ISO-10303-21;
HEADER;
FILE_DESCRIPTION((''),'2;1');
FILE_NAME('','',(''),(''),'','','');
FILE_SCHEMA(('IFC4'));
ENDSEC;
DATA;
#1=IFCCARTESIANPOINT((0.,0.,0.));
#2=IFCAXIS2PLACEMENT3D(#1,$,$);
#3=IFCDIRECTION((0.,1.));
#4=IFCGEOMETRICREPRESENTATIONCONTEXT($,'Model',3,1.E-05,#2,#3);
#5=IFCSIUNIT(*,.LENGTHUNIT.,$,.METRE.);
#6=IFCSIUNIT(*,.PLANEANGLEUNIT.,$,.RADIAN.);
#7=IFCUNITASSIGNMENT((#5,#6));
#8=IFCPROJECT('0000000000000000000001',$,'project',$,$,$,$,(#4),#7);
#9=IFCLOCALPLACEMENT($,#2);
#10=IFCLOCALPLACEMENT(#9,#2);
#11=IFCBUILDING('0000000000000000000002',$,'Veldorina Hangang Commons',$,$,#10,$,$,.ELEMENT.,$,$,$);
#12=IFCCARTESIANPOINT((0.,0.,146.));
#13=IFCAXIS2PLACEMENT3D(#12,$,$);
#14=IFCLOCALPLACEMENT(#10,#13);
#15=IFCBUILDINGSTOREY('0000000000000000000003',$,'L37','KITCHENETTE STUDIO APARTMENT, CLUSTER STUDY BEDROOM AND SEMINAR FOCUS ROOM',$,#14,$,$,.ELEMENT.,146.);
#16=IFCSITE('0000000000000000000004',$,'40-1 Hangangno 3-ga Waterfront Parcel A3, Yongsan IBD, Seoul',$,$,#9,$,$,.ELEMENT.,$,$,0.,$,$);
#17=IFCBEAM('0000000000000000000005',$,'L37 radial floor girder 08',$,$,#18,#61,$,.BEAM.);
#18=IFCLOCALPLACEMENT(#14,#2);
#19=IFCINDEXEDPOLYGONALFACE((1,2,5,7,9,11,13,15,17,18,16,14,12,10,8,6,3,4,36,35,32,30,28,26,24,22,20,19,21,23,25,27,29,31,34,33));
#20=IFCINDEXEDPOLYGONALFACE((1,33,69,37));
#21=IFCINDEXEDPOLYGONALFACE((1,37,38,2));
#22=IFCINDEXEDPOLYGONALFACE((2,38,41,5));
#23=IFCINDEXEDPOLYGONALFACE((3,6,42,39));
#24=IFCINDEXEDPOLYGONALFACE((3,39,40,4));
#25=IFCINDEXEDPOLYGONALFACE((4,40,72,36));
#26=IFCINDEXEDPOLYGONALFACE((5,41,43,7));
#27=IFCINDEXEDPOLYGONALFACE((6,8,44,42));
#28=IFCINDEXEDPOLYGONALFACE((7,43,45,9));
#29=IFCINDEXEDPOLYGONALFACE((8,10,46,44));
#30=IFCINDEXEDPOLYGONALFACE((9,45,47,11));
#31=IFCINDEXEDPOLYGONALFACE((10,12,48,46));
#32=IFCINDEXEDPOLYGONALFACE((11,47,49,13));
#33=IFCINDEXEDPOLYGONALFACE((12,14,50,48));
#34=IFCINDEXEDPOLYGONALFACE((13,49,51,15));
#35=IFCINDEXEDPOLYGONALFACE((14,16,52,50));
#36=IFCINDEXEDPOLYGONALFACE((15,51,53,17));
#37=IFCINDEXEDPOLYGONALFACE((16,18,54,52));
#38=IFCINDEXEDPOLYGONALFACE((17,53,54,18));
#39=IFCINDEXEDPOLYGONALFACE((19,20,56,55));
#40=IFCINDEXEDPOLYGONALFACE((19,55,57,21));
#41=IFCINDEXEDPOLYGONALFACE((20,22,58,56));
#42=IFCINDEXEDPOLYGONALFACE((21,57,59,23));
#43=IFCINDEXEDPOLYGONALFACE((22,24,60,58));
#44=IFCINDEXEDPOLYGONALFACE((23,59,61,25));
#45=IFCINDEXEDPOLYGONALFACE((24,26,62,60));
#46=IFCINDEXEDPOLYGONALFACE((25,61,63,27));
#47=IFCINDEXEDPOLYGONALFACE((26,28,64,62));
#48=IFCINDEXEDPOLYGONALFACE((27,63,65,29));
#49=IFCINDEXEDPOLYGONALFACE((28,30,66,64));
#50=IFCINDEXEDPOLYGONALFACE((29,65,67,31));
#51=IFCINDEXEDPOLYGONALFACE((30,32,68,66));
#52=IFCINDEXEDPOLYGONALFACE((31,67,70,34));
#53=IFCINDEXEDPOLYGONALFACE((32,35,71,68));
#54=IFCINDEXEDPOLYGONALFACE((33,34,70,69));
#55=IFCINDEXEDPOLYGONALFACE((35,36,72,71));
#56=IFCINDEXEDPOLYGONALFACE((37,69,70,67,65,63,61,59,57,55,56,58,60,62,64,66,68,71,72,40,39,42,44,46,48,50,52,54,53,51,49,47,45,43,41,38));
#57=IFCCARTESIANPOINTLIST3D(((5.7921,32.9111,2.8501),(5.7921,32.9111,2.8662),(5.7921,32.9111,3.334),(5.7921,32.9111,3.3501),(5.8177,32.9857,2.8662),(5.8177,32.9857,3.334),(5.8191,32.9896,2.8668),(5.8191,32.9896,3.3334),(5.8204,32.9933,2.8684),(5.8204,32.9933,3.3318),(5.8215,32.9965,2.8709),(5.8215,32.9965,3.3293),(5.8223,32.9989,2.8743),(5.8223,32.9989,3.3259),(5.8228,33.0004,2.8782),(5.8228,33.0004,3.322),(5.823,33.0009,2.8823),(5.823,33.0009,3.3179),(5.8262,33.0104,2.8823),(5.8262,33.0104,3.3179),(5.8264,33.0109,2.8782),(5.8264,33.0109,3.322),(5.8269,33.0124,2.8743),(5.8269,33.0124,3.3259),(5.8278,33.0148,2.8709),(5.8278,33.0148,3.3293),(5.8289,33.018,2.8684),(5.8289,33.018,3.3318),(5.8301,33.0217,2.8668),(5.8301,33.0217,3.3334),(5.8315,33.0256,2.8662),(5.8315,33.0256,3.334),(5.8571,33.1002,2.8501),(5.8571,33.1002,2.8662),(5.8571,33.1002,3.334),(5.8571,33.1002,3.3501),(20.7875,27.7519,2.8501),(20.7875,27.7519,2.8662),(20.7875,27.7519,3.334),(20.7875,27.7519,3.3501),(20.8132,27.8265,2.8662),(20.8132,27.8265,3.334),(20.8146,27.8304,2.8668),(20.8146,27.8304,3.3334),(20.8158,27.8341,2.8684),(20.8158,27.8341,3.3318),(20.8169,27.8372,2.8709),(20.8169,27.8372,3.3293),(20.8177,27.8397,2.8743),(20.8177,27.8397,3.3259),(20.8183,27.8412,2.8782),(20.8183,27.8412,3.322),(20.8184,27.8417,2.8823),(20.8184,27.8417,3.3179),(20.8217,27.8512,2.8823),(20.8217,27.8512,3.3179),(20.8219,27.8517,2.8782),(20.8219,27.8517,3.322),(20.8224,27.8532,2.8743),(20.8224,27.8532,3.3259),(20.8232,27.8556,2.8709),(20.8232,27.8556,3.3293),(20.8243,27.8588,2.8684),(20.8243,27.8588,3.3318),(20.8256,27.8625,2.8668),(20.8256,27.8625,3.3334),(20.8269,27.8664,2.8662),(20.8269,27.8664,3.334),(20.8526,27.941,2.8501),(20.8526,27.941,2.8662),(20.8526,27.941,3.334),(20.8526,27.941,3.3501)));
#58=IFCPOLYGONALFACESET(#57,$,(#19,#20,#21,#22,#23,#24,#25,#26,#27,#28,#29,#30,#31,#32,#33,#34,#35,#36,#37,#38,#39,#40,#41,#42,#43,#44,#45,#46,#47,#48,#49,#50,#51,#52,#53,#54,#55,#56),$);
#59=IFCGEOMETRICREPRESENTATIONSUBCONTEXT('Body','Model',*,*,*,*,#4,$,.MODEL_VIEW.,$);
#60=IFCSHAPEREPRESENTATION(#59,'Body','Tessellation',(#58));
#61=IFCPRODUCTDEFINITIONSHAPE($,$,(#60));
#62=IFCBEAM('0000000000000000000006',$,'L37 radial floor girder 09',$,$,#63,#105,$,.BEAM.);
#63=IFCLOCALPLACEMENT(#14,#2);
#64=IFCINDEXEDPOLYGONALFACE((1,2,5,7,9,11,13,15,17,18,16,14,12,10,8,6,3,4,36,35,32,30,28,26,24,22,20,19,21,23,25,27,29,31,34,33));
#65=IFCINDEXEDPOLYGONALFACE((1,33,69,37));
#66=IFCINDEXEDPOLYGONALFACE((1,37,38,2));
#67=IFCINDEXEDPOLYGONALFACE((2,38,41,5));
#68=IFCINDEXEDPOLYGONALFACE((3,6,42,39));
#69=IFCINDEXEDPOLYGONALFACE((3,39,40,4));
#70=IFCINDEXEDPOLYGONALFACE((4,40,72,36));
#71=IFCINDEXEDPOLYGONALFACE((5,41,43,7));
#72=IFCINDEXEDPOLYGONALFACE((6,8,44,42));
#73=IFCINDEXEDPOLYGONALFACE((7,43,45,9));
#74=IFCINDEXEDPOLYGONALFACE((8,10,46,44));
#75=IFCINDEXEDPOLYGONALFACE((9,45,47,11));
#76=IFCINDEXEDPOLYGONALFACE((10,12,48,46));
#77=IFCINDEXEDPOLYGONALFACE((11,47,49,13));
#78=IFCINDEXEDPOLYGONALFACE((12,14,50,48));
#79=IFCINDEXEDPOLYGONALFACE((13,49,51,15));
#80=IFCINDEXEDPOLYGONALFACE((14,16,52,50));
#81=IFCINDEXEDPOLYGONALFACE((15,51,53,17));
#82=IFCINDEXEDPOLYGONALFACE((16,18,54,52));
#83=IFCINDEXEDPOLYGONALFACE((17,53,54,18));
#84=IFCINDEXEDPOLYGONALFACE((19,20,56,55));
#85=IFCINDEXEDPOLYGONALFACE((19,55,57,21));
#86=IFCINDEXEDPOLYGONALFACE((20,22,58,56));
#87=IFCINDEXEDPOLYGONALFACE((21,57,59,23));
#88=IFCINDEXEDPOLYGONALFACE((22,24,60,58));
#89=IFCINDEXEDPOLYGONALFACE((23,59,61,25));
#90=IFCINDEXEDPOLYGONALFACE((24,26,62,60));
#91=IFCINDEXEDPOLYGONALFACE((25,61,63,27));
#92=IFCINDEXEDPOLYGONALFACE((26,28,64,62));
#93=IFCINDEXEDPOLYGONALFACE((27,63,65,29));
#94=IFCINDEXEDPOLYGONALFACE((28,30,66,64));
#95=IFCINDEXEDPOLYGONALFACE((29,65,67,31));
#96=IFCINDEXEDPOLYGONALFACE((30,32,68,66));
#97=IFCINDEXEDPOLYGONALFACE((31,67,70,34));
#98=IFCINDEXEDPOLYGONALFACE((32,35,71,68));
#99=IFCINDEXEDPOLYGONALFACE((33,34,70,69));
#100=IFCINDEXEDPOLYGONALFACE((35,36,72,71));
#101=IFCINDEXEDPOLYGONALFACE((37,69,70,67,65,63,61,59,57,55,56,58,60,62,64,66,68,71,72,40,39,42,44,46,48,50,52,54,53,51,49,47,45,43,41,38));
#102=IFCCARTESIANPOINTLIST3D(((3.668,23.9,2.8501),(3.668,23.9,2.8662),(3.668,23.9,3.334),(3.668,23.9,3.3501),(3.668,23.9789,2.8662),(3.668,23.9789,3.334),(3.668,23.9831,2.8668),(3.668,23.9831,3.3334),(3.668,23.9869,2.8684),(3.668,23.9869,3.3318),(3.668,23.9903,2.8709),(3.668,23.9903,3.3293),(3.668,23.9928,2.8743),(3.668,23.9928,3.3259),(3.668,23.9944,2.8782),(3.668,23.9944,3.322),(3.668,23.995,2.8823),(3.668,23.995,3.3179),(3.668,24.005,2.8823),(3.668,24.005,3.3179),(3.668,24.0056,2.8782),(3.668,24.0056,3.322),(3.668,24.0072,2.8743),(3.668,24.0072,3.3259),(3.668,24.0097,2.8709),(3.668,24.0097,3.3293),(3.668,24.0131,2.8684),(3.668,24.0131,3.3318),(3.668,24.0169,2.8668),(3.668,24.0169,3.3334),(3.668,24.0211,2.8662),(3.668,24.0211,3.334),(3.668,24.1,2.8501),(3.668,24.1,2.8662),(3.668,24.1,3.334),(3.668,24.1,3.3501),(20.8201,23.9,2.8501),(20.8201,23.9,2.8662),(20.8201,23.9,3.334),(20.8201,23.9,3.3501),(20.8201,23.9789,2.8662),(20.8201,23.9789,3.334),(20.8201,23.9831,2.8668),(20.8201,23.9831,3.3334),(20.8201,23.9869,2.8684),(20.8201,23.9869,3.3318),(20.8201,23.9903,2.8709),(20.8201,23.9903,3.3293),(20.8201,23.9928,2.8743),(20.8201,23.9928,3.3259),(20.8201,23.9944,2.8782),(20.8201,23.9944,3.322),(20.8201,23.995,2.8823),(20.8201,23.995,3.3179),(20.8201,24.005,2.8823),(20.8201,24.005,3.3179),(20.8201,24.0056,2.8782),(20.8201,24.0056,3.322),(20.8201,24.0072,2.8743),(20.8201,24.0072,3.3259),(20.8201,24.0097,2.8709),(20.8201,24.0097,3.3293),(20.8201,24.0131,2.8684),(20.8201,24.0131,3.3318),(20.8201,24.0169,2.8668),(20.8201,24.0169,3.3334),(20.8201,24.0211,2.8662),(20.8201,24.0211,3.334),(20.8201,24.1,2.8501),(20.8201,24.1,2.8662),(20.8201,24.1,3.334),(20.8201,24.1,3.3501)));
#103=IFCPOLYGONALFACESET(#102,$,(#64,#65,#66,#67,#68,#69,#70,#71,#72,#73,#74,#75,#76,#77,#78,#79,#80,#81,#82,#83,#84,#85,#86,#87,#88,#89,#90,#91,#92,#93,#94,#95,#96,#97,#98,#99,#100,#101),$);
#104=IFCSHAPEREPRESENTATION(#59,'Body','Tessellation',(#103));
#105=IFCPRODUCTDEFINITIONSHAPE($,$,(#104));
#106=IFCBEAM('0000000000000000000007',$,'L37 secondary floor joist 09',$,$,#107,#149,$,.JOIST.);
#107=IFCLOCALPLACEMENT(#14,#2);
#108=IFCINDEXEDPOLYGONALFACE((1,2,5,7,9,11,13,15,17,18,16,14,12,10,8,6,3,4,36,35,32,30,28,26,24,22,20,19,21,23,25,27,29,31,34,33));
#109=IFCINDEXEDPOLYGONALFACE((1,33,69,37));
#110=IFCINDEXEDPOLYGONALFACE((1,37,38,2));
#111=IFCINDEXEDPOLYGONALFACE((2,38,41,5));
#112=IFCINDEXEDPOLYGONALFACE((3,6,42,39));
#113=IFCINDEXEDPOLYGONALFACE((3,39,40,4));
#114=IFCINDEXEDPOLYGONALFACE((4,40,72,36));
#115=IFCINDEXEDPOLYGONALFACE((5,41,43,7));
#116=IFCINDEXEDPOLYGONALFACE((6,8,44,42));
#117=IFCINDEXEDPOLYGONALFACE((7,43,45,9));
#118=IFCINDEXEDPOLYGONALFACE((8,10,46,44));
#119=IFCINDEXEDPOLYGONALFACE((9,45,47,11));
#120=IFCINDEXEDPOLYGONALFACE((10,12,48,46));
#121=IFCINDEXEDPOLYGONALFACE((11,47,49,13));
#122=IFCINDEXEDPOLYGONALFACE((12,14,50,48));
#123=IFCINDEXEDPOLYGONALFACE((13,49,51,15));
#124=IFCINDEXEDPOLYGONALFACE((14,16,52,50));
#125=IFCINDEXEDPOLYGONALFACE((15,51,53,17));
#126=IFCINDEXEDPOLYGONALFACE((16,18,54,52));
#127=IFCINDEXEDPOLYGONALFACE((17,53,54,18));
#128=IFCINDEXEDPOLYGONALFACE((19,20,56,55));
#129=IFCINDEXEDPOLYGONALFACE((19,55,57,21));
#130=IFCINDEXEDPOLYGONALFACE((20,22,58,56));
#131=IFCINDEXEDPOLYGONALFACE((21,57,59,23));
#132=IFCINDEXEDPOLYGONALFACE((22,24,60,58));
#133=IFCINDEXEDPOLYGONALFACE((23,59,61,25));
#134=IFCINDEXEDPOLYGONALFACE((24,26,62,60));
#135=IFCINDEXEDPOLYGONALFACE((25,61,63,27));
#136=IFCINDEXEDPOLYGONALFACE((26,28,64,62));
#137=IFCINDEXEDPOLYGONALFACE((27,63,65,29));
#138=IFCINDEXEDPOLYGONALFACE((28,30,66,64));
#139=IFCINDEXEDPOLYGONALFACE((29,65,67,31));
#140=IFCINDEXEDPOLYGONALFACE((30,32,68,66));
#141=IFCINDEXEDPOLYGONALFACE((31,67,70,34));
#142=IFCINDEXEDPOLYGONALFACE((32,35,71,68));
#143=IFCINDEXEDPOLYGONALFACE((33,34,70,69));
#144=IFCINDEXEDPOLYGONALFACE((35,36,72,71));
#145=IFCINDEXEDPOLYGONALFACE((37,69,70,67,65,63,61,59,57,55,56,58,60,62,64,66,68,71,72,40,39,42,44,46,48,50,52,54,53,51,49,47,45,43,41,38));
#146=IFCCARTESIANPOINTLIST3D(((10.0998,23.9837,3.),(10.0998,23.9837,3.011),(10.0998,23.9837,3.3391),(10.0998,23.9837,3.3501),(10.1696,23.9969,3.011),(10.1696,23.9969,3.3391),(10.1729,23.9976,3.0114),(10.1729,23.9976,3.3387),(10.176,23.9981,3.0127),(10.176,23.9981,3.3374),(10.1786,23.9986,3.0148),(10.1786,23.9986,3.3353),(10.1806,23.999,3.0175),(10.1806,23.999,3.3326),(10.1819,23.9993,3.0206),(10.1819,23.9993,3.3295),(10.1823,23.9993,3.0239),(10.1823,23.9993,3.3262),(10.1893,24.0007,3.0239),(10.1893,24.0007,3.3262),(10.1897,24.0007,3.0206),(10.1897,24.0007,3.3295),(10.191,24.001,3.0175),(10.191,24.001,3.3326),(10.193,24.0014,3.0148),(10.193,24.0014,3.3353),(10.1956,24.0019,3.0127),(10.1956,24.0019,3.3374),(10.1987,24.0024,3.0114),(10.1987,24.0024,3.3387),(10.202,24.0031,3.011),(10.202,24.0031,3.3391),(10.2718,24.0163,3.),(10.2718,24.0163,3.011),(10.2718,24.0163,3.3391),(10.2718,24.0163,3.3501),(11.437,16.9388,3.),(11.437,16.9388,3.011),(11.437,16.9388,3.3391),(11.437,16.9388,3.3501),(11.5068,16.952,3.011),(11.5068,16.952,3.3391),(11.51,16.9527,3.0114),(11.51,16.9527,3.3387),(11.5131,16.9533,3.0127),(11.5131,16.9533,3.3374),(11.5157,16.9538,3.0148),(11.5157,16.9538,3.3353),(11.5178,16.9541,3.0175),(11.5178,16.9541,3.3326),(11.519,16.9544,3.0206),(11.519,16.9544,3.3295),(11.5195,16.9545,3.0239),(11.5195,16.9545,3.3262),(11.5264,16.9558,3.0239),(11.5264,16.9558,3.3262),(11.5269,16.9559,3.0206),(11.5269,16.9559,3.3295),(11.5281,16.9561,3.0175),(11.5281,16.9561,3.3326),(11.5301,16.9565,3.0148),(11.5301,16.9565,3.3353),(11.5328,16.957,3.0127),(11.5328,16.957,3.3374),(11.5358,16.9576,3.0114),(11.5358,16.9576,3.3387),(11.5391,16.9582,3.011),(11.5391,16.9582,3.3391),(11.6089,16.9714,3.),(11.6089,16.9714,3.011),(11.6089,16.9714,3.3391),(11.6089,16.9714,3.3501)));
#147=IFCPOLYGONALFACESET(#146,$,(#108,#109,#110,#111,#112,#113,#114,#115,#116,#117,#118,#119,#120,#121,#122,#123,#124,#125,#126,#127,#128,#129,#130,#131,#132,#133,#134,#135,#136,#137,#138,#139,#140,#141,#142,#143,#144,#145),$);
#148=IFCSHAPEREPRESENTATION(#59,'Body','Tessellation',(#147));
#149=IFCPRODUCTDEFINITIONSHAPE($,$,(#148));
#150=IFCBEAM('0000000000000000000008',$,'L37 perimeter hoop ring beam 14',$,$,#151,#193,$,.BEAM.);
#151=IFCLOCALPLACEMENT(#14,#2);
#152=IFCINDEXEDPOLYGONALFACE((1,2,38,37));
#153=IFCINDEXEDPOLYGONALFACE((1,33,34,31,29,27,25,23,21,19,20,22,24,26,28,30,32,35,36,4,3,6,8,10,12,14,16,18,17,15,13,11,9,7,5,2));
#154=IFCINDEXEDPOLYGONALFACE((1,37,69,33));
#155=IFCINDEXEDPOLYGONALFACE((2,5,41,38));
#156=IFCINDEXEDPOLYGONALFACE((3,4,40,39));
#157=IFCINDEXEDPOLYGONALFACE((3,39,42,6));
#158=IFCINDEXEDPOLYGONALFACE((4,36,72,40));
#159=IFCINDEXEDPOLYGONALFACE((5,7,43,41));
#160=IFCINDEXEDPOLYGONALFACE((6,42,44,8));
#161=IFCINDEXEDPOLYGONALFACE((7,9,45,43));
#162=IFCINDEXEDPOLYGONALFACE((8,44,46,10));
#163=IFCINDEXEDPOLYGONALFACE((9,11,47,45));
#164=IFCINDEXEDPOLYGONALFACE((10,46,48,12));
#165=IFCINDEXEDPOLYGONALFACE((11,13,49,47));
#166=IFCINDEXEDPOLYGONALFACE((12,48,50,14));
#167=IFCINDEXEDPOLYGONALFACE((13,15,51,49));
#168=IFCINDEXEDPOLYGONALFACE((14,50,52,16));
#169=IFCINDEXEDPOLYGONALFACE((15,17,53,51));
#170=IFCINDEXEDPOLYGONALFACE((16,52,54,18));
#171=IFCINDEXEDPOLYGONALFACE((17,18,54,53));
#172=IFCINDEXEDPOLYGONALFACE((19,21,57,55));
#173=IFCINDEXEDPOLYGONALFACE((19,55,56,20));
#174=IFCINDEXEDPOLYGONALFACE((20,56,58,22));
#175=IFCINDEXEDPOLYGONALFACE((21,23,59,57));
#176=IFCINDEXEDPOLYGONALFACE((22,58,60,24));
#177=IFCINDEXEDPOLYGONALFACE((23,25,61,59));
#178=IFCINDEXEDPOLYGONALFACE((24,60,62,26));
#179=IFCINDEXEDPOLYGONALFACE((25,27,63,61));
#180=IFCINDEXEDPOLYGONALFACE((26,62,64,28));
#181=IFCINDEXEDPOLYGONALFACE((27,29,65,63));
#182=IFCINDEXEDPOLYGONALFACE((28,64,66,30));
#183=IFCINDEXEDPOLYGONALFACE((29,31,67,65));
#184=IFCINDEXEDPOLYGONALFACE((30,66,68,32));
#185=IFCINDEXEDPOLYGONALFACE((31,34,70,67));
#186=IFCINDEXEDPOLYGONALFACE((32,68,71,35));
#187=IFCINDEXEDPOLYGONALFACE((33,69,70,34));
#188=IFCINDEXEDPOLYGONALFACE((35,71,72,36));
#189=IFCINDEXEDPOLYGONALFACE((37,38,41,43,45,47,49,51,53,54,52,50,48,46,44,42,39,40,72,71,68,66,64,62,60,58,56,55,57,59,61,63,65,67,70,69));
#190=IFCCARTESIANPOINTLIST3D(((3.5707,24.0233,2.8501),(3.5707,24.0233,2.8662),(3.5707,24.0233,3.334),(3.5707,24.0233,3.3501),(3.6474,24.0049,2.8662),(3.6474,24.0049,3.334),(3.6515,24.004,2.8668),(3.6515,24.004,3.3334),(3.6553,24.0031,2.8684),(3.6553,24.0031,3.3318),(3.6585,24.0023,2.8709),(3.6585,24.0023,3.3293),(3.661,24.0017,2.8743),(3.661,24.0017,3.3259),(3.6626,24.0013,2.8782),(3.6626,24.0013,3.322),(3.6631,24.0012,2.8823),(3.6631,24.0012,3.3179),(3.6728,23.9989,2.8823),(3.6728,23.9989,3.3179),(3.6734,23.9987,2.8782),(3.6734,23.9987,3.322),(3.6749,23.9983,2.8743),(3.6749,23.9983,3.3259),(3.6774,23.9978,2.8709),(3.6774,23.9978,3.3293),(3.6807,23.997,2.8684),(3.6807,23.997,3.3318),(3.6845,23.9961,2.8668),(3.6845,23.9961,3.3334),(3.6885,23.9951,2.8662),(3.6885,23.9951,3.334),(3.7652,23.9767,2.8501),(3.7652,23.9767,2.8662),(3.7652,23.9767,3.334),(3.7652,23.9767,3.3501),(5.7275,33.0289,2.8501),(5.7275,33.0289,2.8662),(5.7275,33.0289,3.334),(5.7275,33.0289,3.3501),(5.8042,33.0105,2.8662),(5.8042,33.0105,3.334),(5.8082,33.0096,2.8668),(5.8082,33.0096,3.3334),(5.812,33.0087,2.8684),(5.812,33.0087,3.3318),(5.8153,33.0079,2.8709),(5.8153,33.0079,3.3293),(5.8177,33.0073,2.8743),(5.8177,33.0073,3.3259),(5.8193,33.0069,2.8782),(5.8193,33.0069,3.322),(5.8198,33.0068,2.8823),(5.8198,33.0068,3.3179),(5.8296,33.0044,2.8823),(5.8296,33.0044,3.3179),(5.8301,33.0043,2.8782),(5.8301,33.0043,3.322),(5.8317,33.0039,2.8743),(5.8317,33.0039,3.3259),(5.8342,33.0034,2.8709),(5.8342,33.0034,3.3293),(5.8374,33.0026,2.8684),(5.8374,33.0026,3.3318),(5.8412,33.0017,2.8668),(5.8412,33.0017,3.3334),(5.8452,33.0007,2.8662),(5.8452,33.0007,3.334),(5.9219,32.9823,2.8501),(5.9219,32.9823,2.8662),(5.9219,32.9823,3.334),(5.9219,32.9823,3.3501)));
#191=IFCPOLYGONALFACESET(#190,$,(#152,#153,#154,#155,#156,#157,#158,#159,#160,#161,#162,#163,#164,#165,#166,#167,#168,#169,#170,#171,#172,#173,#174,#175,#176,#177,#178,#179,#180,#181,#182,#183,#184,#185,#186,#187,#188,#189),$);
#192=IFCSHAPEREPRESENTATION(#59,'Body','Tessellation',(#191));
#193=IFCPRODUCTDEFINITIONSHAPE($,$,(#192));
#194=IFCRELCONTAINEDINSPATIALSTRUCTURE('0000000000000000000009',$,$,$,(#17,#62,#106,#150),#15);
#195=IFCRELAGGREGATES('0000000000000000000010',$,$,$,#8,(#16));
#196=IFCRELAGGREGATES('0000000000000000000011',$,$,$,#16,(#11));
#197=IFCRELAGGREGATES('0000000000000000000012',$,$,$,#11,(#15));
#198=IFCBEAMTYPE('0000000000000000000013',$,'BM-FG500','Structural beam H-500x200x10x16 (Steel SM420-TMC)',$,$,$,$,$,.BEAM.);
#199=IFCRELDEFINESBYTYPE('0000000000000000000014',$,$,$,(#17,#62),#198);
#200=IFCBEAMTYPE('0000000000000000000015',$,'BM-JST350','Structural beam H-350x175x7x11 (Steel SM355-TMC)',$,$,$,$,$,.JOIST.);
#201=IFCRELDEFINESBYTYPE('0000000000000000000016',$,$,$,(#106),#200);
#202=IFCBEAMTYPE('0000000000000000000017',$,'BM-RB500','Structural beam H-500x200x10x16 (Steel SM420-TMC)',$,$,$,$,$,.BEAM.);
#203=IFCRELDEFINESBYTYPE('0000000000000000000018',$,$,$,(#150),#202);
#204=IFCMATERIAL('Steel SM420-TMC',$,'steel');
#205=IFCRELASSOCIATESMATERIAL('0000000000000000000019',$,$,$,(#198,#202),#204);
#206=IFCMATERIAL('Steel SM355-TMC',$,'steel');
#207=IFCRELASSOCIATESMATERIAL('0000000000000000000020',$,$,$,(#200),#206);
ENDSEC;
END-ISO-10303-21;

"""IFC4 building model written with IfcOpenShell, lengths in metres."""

from ifc_helpers import new_model, si_unit, direction, frame, origin, origin_2d, place, context, subcontext, project, spatial, i_section, extrude, material, material_profile, profile_set, type_object, element, save


model = new_model("IFC4")

# Units and contexts
model_context = context("Model", 3, precision=1e-05, world=origin(), true_north=direction((0.0, 1.0)))
body_context = subcontext(model_context, "Body", "Model", "MODEL_VIEW")
ifc_project = project(units=[si_unit("LENGTHUNIT", "METRE"), si_unit("PLANEANGLEUNIT", "RADIAN")], contexts=[model_context])

# Site, building, storey
site_placement = place(None, origin())
site = spatial("IfcSite", under=ifc_project, at=site_placement, Name="40-1 Hangangno 3-ga Waterfront Parcel A3, Yongsan IBD, Seoul", CompositionType="ELEMENT", RefElevation=0.0)
building_placement = place(site_placement, origin())
building = spatial("IfcBuilding", under=site, at=building_placement, Name="Veldorina Hangang Commons", CompositionType="ELEMENT")
storey_placement = place(building_placement, frame((0.0, 0.0, 146.0)))
storey = spatial("IfcBuildingStorey", under=building, at=storey_placement, Name="L37", Description="KITCHENETTE STUDIO APARTMENT, CLUSTER STUDY BEDROOM AND SEMINAR FOCUS ROOM", CompositionType="ELEMENT", Elevation=146.0)

# Beams
ifc_material_1 = material(Name="Steel SM420-TMC", Category="steel")
ifc_material_profile_1 = material_profile(ifc_material_1, i_section(OverallWidth=0.2, OverallDepth=0.5, WebThickness=0.01, FlangeThickness=0.0161, FilletRadius=0.0161, at=origin_2d()), Name="H-500x200x10x16")
ifc_profile_set_1 = profile_set([ifc_material_profile_1], Name="Steel SM420-TMC")
beam_type_1 = type_object("IfcBeamType", Name="BM-FG500", Description="Structural beam H-500x200x10x16 (Steel SM420-TMC)", PredefinedType="BEAM", material=ifc_profile_set_1)
beam_1_placement = place(storey_placement, frame((20.8201, 27.8464, 3.1001), z_axis=(-0.945599, 0.325335, 0.0), x_axis=(-0.325335, -0.945599, 0.0)))
element("IfcBeam", 1, at=beam_1_placement, inside=storey, type_object=beam_type_1, Name="L37 radial floor girder 08", PredefinedType="BEAM", context=body_context, shape_type="SweptSolid", body=[
    extrude(i_section(OverallWidth=0.2, OverallDepth=0.5, WebThickness=0.01, FlangeThickness=0.0161, FilletRadius=0.0161, at=origin_2d()), origin(), (0.0, 0.0, 1.0), 15.8582),
])
beam_2_placement = place(storey_placement, frame((20.8201, 24.0, 3.1001), z_axis=(-1.0, 0.0, 0.0), x_axis=(0.0, -1.0, 0.0)))
element("IfcBeam", 2, at=beam_2_placement, inside=storey, type_object=beam_type_1, Name="L37 radial floor girder 09", PredefinedType="BEAM", context=body_context, shape_type="SweptSolid", body=[
    extrude(i_section(OverallWidth=0.2, OverallDepth=0.5, WebThickness=0.01, FlangeThickness=0.0161, FilletRadius=0.0161, at=origin_2d()), origin(), (0.0, 0.0, 1.0), 17.1521),
])
ifc_material_2 = material(Name="Steel SM355-TMC", Category="steel")
ifc_material_profile_2 = material_profile(ifc_material_2, i_section(OverallWidth=0.175, OverallDepth=0.3501, WebThickness=0.0071, FlangeThickness=0.011, FilletRadius=0.0129, at=origin_2d()), Name="H-350x175x7x11")
ifc_profile_set_2 = profile_set([ifc_material_profile_2], Name="Steel SM355-TMC")
beam_type_2 = type_object("IfcBeamType", Name="BM-JST350", Description="Structural beam H-350x175x7x11 (Steel SM355-TMC)", PredefinedType="JOIST", material=ifc_profile_set_2)
beam_3_placement = place(storey_placement, frame((10.1858, 24.0, 3.175), z_axis=(0.186475, -0.98246, 0.0), x_axis=(0.98246, 0.186475, 0.0)))
element("IfcBeam", 3, at=beam_3_placement, inside=storey, type_object=beam_type_2, Name="L37 secondary floor joist 09", PredefinedType="JOIST", context=body_context, shape_type="SweptSolid", body=[
    extrude(i_section(OverallWidth=0.175, OverallDepth=0.3501, WebThickness=0.0071, FlangeThickness=0.011, FilletRadius=0.0129, at=origin_2d()), origin(), (0.0, 0.0, 1.0), 7.1707),
])
ifc_material_profile_3 = material_profile(ifc_material_1, i_section(OverallWidth=0.2, OverallDepth=0.5, WebThickness=0.01, FlangeThickness=0.0161, FilletRadius=0.0161, at=origin_2d()), Name="H-500x200x10x16")
ifc_profile_set_3 = profile_set([ifc_material_profile_3], Name="Steel SM420-TMC")
beam_type_3 = type_object("IfcBeamType", Name="BM-RB500", Description="Structural beam H-500x200x10x16 (Steel SM420-TMC)", PredefinedType="BEAM", material=ifc_profile_set_3)
for number, where, z_axis, x_axis, name in (
    (4, (5.8247, 33.0056, 3.1001), (-0.232902, -0.9725, 0.0), (0.9725, -0.232902, 0.0), "L37 perimeter hoop ring beam 14"),
):
    element("IfcBeam", number, at=place(storey_placement, frame(where, z_axis=z_axis, x_axis=x_axis)), inside=storey, type_object=beam_type_3, Name=name, PredefinedType="BEAM", context=body_context, shape_type="SweptSolid", body=[
        extrude(i_section(OverallWidth=0.2, OverallDepth=0.5, WebThickness=0.01, FlangeThickness=0.0161, FilletRadius=0.0161, at=origin_2d()), origin(), (0.0, 0.0, 1.0), 9.2603),
    ])

save(model, "model.ifc")
